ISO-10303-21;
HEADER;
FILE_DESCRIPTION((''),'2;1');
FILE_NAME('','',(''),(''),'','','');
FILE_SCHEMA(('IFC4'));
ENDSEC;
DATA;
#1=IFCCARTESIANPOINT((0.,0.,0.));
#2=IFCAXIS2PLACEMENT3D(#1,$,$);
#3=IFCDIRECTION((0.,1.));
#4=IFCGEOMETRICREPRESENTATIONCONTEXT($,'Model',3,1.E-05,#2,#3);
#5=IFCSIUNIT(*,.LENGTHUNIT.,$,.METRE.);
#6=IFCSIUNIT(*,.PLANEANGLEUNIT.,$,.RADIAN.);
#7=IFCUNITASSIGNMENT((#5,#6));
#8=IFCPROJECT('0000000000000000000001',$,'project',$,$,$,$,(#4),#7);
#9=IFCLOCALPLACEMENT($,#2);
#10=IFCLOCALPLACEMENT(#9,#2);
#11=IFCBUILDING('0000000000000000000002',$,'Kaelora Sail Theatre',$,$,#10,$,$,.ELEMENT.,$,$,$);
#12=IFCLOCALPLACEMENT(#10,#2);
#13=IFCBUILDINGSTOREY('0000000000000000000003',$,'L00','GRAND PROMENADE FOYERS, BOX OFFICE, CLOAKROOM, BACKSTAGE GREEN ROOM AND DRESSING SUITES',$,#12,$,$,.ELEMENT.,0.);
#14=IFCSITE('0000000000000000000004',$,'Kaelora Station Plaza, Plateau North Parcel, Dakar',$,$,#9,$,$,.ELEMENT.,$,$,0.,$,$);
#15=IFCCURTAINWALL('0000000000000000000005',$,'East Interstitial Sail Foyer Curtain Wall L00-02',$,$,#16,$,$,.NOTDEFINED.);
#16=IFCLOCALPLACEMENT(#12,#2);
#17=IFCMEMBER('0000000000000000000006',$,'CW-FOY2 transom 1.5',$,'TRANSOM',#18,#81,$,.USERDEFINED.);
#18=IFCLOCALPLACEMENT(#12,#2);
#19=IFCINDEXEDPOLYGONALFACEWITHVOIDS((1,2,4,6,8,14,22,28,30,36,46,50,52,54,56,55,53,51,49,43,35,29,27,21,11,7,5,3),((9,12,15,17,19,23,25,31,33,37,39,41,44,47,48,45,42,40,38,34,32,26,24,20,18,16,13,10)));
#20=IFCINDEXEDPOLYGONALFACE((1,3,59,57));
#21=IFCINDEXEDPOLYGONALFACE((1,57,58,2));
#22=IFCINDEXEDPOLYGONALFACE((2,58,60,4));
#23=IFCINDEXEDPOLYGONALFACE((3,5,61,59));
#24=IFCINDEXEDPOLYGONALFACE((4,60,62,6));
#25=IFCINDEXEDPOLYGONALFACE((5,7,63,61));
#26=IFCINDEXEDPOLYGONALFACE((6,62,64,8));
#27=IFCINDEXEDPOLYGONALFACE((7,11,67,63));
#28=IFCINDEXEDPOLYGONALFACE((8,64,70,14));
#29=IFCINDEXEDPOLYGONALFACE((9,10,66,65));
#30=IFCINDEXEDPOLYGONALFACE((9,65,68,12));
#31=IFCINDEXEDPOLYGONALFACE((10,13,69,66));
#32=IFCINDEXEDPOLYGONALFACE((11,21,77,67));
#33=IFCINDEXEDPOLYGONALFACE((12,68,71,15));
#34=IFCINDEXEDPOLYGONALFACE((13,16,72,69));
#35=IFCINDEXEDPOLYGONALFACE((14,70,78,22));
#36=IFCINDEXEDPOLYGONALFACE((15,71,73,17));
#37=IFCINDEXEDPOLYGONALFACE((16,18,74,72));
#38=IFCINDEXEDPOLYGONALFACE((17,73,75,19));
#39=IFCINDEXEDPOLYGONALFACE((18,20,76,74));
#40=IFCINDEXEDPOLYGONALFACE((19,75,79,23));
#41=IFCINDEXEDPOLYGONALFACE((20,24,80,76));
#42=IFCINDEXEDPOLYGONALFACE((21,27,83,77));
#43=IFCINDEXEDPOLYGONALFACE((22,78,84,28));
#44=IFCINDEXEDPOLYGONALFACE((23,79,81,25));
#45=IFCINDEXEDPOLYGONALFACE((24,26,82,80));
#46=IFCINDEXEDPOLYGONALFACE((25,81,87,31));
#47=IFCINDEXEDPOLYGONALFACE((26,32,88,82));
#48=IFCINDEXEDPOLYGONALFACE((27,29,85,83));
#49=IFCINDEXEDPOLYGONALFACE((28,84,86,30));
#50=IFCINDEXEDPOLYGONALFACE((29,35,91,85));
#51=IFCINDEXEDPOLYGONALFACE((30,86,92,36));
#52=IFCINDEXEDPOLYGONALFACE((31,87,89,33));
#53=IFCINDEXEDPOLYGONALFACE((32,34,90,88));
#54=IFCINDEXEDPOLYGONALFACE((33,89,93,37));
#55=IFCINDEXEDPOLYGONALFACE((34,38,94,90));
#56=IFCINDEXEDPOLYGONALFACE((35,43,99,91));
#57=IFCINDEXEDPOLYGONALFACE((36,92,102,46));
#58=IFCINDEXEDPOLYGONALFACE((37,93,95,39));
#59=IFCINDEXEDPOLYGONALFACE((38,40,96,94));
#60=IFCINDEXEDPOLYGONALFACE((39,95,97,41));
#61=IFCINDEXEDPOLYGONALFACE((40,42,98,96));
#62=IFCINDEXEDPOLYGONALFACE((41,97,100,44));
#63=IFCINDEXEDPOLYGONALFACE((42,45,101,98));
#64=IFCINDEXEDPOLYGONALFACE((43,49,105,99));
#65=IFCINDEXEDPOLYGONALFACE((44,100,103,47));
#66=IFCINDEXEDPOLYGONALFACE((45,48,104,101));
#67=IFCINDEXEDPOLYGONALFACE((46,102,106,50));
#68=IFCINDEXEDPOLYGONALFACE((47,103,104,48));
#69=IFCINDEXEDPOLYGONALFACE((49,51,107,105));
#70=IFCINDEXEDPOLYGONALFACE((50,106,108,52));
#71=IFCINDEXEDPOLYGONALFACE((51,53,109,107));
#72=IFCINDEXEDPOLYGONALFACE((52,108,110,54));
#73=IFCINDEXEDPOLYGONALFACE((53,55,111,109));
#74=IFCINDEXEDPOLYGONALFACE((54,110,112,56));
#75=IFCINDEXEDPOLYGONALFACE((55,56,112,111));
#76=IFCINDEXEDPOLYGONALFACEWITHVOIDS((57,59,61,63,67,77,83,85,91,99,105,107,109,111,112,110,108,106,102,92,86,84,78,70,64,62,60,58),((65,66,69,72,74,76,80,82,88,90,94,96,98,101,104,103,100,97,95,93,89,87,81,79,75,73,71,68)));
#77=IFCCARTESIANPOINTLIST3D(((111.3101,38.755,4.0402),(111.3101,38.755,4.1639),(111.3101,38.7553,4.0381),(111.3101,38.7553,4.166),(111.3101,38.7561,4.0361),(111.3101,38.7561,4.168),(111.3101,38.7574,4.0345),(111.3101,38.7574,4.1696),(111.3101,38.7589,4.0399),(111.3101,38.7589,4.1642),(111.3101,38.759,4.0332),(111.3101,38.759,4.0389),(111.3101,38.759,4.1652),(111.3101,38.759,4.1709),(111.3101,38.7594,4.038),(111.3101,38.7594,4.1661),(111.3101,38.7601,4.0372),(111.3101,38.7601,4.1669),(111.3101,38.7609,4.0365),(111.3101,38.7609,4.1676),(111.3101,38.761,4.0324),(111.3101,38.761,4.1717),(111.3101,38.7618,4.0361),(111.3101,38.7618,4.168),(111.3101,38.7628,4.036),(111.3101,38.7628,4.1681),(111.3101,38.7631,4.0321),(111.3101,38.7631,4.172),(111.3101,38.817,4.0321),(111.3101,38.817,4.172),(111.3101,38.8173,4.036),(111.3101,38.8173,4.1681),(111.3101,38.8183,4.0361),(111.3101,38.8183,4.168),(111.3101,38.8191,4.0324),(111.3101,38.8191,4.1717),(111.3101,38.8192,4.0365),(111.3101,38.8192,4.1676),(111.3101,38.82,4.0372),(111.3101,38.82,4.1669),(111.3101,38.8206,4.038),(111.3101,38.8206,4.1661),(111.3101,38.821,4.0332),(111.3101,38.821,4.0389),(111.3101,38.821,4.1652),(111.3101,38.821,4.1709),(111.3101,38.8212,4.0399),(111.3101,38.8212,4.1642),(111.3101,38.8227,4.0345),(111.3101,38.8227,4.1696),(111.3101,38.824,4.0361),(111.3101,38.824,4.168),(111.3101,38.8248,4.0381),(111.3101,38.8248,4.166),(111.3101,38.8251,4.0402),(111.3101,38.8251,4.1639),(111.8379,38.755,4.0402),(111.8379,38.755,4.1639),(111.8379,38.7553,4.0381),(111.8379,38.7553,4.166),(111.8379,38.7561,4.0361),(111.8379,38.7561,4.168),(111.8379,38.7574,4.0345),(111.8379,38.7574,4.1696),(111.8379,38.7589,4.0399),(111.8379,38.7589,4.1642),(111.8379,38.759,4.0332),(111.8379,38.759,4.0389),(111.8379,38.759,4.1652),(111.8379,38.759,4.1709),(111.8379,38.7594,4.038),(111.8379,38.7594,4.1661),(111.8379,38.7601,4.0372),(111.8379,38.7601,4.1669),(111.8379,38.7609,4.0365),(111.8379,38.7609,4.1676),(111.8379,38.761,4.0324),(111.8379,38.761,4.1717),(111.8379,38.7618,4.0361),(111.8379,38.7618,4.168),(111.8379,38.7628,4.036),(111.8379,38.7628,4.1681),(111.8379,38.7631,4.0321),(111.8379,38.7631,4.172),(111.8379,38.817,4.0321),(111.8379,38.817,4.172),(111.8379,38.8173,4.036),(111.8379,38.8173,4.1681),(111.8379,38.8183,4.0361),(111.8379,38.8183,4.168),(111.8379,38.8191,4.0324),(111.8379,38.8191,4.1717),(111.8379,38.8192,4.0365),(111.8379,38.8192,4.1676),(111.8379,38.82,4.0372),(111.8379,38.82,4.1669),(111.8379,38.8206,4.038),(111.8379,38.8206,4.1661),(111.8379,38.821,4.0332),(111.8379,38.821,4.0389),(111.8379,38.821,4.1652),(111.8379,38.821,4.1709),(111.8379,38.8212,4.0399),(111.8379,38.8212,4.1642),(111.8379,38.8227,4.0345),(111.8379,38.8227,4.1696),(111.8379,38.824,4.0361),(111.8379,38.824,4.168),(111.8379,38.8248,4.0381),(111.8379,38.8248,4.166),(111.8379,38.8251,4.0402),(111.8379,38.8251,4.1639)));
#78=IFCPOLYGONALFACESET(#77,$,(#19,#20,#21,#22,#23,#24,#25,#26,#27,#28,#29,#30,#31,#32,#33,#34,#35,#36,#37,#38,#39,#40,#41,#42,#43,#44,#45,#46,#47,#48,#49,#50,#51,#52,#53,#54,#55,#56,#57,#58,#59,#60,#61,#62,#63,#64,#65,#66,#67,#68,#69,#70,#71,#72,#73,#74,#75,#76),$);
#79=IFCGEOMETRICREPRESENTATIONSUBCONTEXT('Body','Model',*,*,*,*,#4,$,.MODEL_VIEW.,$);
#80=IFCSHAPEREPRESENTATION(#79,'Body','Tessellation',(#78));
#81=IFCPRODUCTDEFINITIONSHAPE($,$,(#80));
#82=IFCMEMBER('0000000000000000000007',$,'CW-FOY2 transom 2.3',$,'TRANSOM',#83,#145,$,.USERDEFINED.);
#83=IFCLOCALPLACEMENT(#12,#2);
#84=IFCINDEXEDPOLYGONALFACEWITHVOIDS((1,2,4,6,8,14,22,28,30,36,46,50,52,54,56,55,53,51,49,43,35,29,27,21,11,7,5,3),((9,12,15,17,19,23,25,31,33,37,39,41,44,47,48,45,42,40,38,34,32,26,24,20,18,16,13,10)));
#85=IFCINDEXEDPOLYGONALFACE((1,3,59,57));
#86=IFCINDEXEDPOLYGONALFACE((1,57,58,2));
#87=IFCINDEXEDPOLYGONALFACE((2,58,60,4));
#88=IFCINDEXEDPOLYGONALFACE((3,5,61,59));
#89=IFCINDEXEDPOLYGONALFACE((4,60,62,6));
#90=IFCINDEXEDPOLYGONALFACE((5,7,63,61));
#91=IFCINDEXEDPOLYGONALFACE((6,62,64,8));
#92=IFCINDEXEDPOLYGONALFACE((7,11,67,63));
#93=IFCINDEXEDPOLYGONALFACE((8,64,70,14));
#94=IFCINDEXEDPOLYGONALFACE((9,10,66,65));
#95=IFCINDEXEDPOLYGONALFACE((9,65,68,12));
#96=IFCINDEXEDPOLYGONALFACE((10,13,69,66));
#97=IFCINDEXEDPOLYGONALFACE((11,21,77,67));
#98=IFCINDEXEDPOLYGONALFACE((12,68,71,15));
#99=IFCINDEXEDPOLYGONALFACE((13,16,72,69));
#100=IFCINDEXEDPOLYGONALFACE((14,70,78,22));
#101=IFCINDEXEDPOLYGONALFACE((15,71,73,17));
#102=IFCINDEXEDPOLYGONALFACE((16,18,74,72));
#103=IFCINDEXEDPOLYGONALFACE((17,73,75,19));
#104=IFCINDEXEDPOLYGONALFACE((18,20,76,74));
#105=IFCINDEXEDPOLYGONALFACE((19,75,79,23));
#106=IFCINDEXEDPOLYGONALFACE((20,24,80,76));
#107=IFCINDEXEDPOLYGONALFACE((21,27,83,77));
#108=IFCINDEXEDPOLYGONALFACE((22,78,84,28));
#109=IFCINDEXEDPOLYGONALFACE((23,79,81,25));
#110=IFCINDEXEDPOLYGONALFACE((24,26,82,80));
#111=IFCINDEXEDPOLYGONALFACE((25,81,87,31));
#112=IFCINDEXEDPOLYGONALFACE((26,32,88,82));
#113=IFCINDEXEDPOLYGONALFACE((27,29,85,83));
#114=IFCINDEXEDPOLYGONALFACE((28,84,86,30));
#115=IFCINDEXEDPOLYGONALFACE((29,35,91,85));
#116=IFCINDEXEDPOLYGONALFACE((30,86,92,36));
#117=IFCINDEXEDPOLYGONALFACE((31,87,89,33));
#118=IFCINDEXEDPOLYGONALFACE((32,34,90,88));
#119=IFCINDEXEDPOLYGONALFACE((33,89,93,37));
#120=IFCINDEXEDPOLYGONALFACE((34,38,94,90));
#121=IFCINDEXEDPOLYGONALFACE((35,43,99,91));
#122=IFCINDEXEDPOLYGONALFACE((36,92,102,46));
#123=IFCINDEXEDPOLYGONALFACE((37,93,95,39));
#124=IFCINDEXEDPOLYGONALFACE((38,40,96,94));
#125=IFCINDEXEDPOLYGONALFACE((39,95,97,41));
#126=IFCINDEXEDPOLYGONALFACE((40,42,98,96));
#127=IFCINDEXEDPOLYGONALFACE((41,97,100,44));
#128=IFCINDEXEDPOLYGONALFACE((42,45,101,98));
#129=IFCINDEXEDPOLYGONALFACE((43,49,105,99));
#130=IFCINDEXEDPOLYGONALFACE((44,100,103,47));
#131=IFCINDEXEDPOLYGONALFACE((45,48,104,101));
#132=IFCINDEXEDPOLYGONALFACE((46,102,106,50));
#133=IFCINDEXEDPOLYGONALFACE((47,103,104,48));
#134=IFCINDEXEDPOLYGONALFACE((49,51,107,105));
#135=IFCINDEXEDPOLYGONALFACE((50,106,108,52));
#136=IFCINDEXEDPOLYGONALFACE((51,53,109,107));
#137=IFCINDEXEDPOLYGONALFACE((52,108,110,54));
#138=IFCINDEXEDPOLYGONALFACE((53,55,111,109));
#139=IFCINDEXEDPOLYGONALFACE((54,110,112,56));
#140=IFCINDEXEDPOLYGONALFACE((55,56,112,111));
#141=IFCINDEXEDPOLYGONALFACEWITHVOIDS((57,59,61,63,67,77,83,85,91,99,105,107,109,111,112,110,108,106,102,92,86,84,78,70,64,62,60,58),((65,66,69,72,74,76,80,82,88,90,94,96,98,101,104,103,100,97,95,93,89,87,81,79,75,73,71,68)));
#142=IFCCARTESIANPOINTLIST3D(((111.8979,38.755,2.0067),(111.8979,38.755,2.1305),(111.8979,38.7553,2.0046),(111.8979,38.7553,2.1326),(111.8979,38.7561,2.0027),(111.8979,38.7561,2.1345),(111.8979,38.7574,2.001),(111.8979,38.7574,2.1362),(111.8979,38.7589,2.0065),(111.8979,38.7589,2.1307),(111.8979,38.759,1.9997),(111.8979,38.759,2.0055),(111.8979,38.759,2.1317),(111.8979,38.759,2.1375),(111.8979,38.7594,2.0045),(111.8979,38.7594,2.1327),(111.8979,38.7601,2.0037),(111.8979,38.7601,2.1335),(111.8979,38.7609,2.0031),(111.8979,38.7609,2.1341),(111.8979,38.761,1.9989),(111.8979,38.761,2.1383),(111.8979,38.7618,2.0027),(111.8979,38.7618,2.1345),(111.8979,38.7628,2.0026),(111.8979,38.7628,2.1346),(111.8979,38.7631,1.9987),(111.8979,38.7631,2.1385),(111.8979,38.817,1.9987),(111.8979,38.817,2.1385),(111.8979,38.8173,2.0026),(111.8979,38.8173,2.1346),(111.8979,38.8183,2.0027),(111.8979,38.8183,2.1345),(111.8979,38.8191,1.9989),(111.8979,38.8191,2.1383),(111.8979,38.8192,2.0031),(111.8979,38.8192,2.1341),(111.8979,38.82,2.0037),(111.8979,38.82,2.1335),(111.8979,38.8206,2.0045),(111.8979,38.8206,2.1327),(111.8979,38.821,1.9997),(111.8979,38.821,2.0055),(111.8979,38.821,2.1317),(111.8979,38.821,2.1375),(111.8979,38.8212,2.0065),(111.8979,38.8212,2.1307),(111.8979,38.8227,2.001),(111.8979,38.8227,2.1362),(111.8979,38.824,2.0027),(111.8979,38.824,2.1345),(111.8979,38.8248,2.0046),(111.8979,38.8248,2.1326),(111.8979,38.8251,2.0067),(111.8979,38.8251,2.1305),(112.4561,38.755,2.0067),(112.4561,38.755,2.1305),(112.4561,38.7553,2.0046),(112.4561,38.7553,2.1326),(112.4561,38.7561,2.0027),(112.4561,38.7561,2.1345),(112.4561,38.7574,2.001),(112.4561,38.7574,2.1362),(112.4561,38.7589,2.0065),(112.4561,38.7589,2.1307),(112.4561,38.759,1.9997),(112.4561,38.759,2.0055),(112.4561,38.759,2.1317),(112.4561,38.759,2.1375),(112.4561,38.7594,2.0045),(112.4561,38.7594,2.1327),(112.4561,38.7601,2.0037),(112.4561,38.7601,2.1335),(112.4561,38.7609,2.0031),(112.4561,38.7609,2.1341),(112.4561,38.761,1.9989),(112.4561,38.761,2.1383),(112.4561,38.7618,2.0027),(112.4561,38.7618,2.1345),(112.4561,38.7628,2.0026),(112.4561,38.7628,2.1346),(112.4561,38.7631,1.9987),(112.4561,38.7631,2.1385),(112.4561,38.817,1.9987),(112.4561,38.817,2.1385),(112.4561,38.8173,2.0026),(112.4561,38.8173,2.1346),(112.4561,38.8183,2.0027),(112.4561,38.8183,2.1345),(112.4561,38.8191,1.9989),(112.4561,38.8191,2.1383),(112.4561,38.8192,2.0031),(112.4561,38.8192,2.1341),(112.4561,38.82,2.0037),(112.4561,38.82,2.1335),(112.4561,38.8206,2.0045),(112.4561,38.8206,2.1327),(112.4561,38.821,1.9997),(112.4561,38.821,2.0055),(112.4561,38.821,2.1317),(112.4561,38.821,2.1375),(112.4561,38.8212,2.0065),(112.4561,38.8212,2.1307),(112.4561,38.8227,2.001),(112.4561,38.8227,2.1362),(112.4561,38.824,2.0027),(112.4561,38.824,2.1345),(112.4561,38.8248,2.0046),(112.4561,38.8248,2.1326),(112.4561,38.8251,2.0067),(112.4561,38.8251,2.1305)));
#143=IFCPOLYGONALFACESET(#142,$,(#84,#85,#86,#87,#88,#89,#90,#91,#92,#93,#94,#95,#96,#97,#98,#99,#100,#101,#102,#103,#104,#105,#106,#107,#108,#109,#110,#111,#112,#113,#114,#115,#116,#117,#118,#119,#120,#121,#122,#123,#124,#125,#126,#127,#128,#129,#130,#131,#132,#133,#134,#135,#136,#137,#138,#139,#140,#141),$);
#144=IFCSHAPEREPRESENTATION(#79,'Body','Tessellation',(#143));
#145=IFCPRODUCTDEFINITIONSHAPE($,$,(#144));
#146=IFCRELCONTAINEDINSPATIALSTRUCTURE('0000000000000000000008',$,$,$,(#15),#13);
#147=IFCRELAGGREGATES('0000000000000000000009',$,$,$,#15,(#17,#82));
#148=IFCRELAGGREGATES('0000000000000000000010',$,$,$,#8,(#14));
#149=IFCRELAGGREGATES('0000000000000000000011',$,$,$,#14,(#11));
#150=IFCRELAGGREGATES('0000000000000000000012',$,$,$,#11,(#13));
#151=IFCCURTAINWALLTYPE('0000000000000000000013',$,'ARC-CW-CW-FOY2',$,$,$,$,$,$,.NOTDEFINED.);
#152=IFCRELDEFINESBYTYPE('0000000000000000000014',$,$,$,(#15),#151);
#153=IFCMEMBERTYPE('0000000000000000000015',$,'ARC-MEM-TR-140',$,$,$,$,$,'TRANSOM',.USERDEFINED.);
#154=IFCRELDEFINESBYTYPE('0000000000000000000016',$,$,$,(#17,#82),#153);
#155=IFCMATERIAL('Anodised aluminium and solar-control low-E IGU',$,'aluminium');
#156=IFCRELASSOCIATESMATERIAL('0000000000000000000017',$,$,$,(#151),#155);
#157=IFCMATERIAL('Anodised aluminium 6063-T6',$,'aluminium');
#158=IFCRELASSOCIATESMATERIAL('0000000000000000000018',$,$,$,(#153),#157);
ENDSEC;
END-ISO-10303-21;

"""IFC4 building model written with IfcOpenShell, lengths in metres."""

from ifc_helpers import new_model, si_unit, direction, frame, origin, origin_2d, place, context, subcontext, project, spatial, hollow_rectangle, extrude, material, material_profile, profile_set, type_object, element, aggregate, save


model = new_model("IFC4")

# Units and contexts
model_context = context("Model", 3, precision=1e-05, world=origin(), true_north=direction((0.0, 1.0)))
body_context = subcontext(model_context, "Body", "Model", "MODEL_VIEW")
ifc_project = project(units=[si_unit("LENGTHUNIT", "METRE"), si_unit("PLANEANGLEUNIT", "RADIAN")], contexts=[model_context])

# Site, building, storey
site_placement = place(None, origin())
site = spatial("IfcSite", under=ifc_project, at=site_placement, Name="Kaelora Station Plaza, Plateau North Parcel, Dakar", CompositionType="ELEMENT", RefElevation=0.0)
building_placement = place(site_placement, origin())
building = spatial("IfcBuilding", under=site, at=building_placement, Name="Kaelora Sail Theatre", CompositionType="ELEMENT")
storey_placement = place(building_placement, origin())
storey = spatial("IfcBuildingStorey", under=building, at=storey_placement, Name="L00", Description="GRAND PROMENADE FOYERS, BOX OFFICE, CLOAKROOM, BACKSTAGE GREEN ROOM AND DRESSING SUITES", CompositionType="ELEMENT", Elevation=0.0)

# Curtain wall, members
ifc_material_1 = material(Name="Anodised aluminium and solar-control low-E IGU", Category="aluminium")
curtain_wall_type = type_object("IfcCurtainWallType", Name="ARC-CW-CW-FOY2", PredefinedType="NOTDEFINED", material=ifc_material_1)
ifc_material_2 = material(Name="Anodised aluminium 6063-T6", Category="aluminium")
ifc_material_profile = material_profile(ifc_material_2, hollow_rectangle(XDim=0.0701, YDim=0.1399, WallThickness=0.0039, InnerFilletRadius=0.0039, OuterFilletRadius=0.0081, at=origin_2d()), Name="ALU-TRAN 70x140x4")
ifc_profile_set = profile_set([ifc_material_profile], Name="Anodised aluminium 6063-T6")
member_type = type_object("IfcMemberType", Name="ARC-MEM-TR-140", ElementType="TRANSOM", PredefinedType="USERDEFINED", material=ifc_profile_set)
curtain_wall_1_placement = place(storey_placement, origin())
curtain_wall_1 = element("IfcCurtainWall", 1, at=curtain_wall_1_placement, inside=storey, type_object=curtain_wall_type, Name="East Interstitial Sail Foyer Curtain Wall L00-02", PredefinedType="NOTDEFINED")
member_1_placement = place(storey_placement, frame((111.3101, 38.79, 4.1021), z_axis=(1.0, 0.0, 0.0), x_axis=(0.0, 1.0, 0.0)))
member_1 = element("IfcMember", 2, at=member_1_placement, type_object=member_type, Name="CW-FOY2 transom 1.5", ObjectType="TRANSOM", PredefinedType="USERDEFINED", context=body_context, shape_type="SweptSolid", body=[
    extrude(hollow_rectangle(XDim=0.0701, YDim=0.1399, WallThickness=0.0039, InnerFilletRadius=0.0039, OuterFilletRadius=0.0081, at=origin_2d()), origin(), (0.0, 0.0, 1.0), 0.5278),
])
member_2_placement = place(storey_placement, frame((111.8979, 38.79, 2.0686), z_axis=(1.0, 0.0, 0.0), x_axis=(0.0, 1.0, 0.0)))
member_2 = element("IfcMember", 3, at=member_2_placement, type_object=member_type, Name="CW-FOY2 transom 2.3", ObjectType="TRANSOM", PredefinedType="USERDEFINED", context=body_context, shape_type="SweptSolid", body=[
    extrude(hollow_rectangle(XDim=0.0701, YDim=0.1399, WallThickness=0.0039, InnerFilletRadius=0.0039, OuterFilletRadius=0.0081, at=origin_2d()), origin(), (0.0, 0.0, 1.0), 0.5581),
])

aggregate(curtain_wall_1, [member_1, member_2])

save(model, "model.ifc")
